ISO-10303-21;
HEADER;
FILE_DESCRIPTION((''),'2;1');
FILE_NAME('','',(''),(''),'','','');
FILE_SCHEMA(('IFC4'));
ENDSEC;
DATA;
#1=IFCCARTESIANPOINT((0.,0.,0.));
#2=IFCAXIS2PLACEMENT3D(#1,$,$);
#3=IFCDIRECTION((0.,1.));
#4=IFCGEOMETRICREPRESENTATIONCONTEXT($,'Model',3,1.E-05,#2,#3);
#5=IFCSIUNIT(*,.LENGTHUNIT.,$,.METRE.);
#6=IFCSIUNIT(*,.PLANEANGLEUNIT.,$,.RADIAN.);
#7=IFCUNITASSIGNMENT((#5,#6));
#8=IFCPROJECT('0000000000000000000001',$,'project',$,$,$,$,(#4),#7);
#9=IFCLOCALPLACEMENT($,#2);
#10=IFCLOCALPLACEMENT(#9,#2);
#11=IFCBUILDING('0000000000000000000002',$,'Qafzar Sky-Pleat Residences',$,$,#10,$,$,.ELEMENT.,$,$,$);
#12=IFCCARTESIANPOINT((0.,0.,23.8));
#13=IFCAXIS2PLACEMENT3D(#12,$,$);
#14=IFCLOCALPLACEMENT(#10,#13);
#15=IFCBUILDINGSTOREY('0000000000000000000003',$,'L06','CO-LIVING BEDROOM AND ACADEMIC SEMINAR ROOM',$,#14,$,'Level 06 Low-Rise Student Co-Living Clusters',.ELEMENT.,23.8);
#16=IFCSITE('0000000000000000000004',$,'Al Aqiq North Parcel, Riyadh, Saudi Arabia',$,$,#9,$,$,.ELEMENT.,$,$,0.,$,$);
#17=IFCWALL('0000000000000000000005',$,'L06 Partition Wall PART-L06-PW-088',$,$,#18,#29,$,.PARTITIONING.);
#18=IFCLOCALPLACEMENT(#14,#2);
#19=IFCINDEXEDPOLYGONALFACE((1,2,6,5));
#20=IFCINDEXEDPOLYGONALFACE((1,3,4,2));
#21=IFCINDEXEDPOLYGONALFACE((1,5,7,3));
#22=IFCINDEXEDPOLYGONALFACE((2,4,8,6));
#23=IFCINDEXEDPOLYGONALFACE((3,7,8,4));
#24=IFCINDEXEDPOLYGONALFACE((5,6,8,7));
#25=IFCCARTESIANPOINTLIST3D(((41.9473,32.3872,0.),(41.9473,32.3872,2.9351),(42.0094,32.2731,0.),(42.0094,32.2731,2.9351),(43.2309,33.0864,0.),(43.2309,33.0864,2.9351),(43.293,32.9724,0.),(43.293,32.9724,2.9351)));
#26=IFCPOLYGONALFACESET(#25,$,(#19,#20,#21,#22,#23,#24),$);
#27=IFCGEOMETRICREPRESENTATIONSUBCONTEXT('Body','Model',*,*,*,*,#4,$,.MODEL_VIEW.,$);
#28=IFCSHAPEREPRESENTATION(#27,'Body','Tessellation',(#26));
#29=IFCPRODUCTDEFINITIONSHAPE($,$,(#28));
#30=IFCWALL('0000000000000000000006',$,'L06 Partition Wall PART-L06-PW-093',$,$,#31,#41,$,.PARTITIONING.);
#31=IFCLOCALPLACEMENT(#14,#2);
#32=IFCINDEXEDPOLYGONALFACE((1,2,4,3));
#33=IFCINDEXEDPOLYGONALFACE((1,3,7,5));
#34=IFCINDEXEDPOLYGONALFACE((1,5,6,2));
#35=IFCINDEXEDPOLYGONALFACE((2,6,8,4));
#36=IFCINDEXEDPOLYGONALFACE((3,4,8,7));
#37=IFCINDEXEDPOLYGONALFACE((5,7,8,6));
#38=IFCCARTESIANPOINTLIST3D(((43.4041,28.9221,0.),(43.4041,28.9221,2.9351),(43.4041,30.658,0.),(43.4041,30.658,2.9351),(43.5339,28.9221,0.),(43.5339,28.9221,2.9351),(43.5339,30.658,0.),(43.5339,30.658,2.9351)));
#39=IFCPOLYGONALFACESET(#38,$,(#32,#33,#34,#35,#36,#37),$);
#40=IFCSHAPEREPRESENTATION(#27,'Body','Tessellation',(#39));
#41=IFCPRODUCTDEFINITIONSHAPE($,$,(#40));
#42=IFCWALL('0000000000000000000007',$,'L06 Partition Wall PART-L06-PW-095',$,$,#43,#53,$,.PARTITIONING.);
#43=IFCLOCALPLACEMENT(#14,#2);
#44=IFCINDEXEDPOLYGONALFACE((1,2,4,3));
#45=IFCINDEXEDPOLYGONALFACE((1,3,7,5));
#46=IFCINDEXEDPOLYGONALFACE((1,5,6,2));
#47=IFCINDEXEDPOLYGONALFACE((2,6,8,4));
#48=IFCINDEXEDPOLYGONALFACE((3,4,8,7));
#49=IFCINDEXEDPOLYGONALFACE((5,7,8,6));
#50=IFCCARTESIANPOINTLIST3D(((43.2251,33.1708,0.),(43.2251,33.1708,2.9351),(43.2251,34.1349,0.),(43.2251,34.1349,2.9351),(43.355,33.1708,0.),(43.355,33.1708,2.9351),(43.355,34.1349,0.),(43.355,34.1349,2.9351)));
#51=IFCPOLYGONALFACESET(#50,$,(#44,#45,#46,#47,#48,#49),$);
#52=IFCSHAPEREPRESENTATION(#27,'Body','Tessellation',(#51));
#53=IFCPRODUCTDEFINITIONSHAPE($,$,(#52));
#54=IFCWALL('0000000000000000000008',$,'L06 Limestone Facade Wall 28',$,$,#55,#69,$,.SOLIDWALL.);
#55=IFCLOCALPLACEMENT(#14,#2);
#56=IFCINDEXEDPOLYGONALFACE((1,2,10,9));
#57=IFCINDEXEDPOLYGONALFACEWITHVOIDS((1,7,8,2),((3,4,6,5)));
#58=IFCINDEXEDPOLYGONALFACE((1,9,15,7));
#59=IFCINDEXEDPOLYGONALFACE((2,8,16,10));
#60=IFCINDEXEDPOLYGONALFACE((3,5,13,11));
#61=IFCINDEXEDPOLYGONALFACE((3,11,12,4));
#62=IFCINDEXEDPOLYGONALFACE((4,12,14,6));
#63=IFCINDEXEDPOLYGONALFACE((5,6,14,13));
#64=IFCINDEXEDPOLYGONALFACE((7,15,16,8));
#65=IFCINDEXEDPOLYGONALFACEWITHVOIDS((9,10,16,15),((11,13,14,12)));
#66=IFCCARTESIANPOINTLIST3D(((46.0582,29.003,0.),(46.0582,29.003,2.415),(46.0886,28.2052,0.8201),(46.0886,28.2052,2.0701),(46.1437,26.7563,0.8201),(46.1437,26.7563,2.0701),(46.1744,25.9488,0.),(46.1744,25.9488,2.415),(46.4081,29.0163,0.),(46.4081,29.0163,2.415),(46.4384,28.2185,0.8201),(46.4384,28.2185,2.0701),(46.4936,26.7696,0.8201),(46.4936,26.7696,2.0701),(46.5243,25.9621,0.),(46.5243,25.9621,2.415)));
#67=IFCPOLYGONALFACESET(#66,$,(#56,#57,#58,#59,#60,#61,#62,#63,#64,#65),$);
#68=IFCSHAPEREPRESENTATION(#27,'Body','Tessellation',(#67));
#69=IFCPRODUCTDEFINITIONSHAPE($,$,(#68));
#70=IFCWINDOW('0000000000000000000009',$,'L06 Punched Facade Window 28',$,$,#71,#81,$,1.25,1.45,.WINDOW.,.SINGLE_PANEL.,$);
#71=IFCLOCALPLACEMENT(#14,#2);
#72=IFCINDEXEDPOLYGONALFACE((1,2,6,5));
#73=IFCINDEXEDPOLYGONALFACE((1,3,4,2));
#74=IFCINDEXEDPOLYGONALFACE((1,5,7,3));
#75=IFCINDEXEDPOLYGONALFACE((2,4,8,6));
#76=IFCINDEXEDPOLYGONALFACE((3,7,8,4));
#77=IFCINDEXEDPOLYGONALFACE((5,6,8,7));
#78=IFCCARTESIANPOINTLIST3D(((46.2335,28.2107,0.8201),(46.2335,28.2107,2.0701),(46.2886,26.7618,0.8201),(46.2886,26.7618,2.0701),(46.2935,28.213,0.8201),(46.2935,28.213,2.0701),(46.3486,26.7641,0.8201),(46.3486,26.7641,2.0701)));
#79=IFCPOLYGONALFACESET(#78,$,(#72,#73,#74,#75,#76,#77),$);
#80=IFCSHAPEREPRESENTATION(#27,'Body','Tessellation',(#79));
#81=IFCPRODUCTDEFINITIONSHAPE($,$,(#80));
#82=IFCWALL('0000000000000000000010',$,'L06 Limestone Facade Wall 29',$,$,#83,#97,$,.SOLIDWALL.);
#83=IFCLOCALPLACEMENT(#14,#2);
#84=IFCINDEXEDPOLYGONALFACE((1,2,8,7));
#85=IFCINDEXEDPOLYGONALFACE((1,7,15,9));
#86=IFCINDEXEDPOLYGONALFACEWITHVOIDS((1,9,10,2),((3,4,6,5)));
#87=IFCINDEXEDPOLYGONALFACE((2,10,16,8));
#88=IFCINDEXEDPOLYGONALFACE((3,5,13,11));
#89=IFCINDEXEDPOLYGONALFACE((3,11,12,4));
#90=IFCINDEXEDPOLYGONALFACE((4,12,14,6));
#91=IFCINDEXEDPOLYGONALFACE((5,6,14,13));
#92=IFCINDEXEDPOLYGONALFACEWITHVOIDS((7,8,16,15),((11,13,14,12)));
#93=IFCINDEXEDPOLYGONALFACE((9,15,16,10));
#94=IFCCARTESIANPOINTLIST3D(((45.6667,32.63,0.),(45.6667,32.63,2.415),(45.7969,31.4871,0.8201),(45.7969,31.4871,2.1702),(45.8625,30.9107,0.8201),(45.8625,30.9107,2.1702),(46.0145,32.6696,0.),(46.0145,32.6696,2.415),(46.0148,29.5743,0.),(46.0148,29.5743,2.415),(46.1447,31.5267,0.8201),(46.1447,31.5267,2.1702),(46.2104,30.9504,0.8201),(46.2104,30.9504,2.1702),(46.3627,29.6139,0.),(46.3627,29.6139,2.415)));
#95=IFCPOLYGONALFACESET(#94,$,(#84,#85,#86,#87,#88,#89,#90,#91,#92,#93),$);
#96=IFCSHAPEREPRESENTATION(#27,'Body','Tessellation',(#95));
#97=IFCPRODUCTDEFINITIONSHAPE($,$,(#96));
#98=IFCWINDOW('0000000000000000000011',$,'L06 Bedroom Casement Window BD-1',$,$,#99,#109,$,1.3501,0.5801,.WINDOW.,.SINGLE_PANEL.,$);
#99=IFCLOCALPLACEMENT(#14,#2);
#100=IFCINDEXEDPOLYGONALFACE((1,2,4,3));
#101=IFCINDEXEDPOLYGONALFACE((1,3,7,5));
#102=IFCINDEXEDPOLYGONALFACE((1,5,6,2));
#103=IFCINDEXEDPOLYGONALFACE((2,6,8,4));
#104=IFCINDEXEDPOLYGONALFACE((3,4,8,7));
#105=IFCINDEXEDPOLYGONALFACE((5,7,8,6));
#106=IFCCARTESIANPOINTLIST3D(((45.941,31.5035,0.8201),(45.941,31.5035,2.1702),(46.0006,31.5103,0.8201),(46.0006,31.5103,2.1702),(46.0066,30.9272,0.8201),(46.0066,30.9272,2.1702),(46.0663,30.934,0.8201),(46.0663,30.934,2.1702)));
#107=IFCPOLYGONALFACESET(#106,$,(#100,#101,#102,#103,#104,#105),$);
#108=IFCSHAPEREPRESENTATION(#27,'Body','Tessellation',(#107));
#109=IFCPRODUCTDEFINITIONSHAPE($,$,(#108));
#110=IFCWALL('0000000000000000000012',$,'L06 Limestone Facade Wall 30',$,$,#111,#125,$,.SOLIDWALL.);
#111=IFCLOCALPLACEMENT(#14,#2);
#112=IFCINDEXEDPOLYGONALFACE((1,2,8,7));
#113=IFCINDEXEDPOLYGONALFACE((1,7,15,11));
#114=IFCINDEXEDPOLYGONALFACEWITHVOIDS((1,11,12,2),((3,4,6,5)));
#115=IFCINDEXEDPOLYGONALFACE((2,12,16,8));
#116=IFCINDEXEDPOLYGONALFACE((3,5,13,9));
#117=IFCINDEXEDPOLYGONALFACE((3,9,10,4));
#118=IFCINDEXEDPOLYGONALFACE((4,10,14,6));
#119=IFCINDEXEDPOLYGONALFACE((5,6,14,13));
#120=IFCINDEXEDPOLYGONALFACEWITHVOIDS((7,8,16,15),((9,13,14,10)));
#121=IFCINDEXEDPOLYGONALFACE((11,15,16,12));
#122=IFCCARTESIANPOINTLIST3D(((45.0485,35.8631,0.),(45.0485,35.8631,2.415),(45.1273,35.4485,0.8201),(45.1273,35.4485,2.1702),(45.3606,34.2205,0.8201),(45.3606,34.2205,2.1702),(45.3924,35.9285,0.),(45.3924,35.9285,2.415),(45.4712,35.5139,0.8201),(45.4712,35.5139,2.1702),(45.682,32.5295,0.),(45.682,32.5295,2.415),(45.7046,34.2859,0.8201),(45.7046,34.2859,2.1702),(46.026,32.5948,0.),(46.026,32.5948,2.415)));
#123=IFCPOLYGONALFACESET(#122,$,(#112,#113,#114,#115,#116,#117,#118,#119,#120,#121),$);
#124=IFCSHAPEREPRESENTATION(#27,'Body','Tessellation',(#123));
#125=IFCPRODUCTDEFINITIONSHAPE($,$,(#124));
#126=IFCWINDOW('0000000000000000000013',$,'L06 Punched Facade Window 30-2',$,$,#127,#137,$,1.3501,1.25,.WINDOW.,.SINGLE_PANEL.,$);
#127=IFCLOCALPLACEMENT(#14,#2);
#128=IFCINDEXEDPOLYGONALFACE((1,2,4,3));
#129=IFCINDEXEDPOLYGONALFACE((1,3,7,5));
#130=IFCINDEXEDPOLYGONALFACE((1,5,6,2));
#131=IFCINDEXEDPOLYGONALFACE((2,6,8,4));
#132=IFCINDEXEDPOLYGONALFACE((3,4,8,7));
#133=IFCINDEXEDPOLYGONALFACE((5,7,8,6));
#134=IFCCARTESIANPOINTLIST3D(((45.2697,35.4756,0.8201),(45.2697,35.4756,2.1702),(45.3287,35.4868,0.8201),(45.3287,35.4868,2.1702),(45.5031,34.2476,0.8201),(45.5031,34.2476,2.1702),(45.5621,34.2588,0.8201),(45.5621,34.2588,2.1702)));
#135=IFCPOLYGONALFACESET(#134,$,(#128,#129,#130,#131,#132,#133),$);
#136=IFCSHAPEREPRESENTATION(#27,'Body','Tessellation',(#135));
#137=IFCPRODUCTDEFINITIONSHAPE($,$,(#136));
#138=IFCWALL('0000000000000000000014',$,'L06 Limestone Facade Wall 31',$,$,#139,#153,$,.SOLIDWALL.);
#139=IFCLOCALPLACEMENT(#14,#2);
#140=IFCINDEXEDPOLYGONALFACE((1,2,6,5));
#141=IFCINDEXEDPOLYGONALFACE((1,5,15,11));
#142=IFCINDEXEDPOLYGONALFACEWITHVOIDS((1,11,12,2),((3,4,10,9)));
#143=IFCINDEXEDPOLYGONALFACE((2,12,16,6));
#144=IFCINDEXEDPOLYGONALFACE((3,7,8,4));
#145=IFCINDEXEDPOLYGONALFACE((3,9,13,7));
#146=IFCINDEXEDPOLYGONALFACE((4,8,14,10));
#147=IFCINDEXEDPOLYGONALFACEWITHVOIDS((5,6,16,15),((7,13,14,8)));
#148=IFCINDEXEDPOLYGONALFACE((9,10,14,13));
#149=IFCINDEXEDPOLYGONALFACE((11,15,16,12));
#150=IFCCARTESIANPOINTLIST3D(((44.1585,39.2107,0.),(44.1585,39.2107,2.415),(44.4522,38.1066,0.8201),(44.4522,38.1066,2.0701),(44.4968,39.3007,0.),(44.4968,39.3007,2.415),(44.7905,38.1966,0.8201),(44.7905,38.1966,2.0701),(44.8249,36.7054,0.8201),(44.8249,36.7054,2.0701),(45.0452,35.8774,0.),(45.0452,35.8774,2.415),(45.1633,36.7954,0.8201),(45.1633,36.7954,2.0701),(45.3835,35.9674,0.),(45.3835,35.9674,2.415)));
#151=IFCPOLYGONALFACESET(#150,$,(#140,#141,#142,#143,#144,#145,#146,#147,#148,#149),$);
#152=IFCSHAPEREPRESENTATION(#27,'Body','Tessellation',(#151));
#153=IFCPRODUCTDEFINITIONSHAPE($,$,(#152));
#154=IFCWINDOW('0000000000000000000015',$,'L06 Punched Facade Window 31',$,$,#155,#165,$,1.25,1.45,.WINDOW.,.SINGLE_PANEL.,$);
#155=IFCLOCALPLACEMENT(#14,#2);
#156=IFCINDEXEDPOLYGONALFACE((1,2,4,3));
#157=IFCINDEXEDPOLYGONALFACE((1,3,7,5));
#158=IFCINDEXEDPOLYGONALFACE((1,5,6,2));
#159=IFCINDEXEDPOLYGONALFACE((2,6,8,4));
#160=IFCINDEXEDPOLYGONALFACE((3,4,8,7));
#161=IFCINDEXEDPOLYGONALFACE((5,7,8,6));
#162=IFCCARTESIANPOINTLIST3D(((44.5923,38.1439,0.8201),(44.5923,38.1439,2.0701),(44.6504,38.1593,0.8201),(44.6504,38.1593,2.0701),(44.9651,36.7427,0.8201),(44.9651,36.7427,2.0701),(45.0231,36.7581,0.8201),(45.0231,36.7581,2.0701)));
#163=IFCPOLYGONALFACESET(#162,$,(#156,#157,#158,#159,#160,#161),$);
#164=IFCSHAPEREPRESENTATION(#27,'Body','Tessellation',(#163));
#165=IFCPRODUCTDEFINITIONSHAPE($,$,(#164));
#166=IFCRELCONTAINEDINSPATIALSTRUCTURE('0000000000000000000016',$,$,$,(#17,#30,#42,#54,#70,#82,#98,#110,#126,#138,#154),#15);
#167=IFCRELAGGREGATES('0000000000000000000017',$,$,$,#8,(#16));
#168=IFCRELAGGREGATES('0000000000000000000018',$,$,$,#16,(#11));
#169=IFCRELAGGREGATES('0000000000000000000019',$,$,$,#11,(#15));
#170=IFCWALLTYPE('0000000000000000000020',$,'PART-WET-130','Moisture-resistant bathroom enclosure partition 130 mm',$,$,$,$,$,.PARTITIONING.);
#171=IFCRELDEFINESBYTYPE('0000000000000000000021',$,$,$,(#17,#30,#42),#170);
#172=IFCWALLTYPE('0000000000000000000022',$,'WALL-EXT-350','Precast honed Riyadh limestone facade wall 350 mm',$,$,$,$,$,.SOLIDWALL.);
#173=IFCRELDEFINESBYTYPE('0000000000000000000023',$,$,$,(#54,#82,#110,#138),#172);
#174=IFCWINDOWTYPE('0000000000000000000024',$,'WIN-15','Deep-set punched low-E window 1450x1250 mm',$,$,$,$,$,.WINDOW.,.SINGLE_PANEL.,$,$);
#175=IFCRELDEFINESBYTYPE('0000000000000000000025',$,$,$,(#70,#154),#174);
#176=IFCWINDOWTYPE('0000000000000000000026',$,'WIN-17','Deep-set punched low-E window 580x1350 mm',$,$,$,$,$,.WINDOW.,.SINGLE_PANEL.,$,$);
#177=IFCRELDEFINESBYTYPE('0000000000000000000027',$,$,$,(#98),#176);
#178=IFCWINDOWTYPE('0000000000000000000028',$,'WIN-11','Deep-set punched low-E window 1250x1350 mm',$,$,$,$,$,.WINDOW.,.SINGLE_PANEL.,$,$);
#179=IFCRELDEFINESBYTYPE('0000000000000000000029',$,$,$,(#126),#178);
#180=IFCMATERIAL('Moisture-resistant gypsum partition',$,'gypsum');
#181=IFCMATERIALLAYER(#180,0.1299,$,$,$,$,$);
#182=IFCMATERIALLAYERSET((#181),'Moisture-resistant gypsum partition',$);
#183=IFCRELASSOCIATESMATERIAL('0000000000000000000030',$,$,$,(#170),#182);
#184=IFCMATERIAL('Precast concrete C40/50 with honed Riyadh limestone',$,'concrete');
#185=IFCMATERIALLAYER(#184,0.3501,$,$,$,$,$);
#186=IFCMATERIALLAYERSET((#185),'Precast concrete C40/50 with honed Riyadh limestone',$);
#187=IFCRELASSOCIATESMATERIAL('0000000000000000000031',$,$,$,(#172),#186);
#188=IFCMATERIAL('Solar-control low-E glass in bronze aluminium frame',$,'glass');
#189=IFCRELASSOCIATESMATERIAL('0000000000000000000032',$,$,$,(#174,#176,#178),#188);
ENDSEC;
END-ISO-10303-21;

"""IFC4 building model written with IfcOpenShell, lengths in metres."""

from ifc_helpers import new_model, si_unit, direction, frame, frame_2d, origin, place, context, subcontext, project, spatial, rectangle, extrude, source, transform, mapped, material, layer, layer_set, type_object, element, fill, save


model = new_model("IFC4")

# Units and contexts
model_context = context("Model", 3, precision=1e-05, world=origin(), true_north=direction((0.0, 1.0)))
body_context = subcontext(model_context, "Body", "Model", "MODEL_VIEW")
ifc_project = project(units=[si_unit("LENGTHUNIT", "METRE"), si_unit("PLANEANGLEUNIT", "RADIAN")], contexts=[model_context])

# Site, building, storey
site_placement = place(None, origin())
site = spatial("IfcSite", under=ifc_project, at=site_placement, Name="Al Aqiq North Parcel, Riyadh, Saudi Arabia", CompositionType="ELEMENT", RefElevation=0.0)
building_placement = place(site_placement, origin())
building = spatial("IfcBuilding", under=site, at=building_placement, Name="Qafzar Sky-Pleat Residences", CompositionType="ELEMENT")
storey_placement = place(building_placement, frame((0.0, 0.0, 23.8)))
storey = spatial("IfcBuildingStorey", under=building, at=storey_placement, Name="L06", Description="CO-LIVING BEDROOM AND ACADEMIC SEMINAR ROOM", LongName="Level 06 Low-Rise Student Co-Living Clusters", CompositionType="ELEMENT", Elevation=23.8)

# Shared definitions
ifc_material_1 = material(Name="Moisture-resistant gypsum partition", Category="gypsum")
ifc_layer_1 = layer(ifc_material_1, 0.1299)
ifc_layer_set_1 = layer_set([ifc_layer_1], Name="Moisture-resistant gypsum partition")
wall_type_1 = type_object("IfcWallType", Name="PART-WET-130", Description="Moisture-resistant bathroom enclosure partition 130 mm", PredefinedType="PARTITIONING", material=ifc_layer_set_1)

# Walls
wall_1_placement = place(storey_placement, frame((41.9783, 32.3301, 0.0), z_axis=(0.0, 0.0, 1.0), x_axis=(0.878138, 0.478407, 0.0)))
element("IfcWall", 1, at=wall_1_placement, inside=storey, type_object=wall_type_1, Name="L06 Partition Wall PART-L06-PW-088", PredefinedType="PARTITIONING", context=body_context, shape_type="SweptSolid", body=[
    extrude(rectangle(XDim=1.4617, YDim=0.1299, at=frame_2d((0.731, 0.0))), origin(), (0.0, 0.0, 1.0), 2.9351),
])
wall_2_placement = place(storey_placement, frame((43.469, 28.9221, 0.0), z_axis=(0.0, 0.0, 1.0), x_axis=(0.0, 1.0, 0.0)))
element("IfcWall", 2, at=wall_2_placement, inside=storey, type_object=wall_type_1, Name="L06 Partition Wall PART-L06-PW-093", PredefinedType="PARTITIONING", context=body_context, shape_type="SweptSolid", body=[
    extrude(rectangle(XDim=1.7358, YDim=0.1299, at=frame_2d((0.8679, 0.0))), origin(), (0.0, 0.0, 1.0), 2.9351),
])
wall_3_placement = place(storey_placement, frame((43.29, 33.1709, 0.0), z_axis=(0.0, 0.0, 1.0), x_axis=(0.0, 1.0, 0.0)))
element("IfcWall", 3, at=wall_3_placement, inside=storey, type_object=wall_type_1, Name="L06 Partition Wall PART-L06-PW-095", PredefinedType="PARTITIONING", context=body_context, shape_type="SweptSolid", body=[
    extrude(rectangle(XDim=0.9641, YDim=0.1299, at=frame_2d((0.4819, 0.0))), origin(), (0.0, 0.0, 1.0), 2.9351),
])

# Walls, openings, windows
ifc_material_2 = material(Name="Precast concrete C40/50 with honed Riyadh limestone", Category="concrete")
ifc_layer_2 = layer(ifc_material_2, 0.3501)
ifc_layer_set_2 = layer_set([ifc_layer_2], Name="Precast concrete C40/50 with honed Riyadh limestone")
wall_type_2 = type_object("IfcWallType", Name="WALL-EXT-350", Description="Precast honed Riyadh limestone facade wall 350 mm", PredefinedType="SOLIDWALL", material=ifc_layer_set_2)
wall_4_placement = place(storey_placement, frame((46.3494, 25.9553, 0.0), z_axis=(0.0, 0.0, 1.0), x_axis=(-0.038022, 0.999277, 0.0)))
wall_4 = element("IfcWall", 4, at=wall_4_placement, inside=storey, type_object=wall_type_2, Name="L06 Limestone Facade Wall 28", PredefinedType="SOLIDWALL", context=body_context, shape_type="SweptSolid", body=[
    extrude(rectangle(XDim=3.0564, YDim=0.3501, at=frame_2d((1.5283, 0.0))), origin(), (0.0, 0.0, 1.0), 2.415),
])
opening_1_placement = place(wall_4_placement, frame((0.8081, 0.0, 0.8201)))
opening_1 = element("IfcOpeningElement", 5, at=opening_1_placement, cuts=wall_4, PredefinedType="OPENING", context=body_context, shape_type="SweptSolid", body=[
    extrude(rectangle(XDim=1.45, YDim=1.25, at=frame_2d((0.7251, 0.625))), frame((0.0, 0.1851, 0.0), z_axis=(0.0, -1.0, 0.0), x_axis=(1.0, 0.0, 0.0)), (0.0, 0.0, 1.0), 0.3701),
])
ifc_material_3 = material(Name="Solar-control low-E glass in bronze aluminium frame", Category="glass")
window_type_1 = type_object("IfcWindowType", Name="WIN-15", Description="Deep-set punched low-E window 1450x1250 mm", PartitioningType="SINGLE_PANEL", PredefinedType="WINDOW", material=ifc_material_3)
shared_shape_1 = source(origin(), body_context, "Body", "SweptSolid", [
    extrude(rectangle(XDim=1.45, YDim=1.25, at=frame_2d((0.7251, 0.625))), frame((0.0, 0.03, 0.0), z_axis=(0.0, -1.0, 0.0), x_axis=(1.0, 0.0, 0.0)), (0.0, 0.0, 1.0), 0.0601),
])
window_1_placement = place(opening_1_placement, origin())
window_1 = element("IfcWindow", 6, at=window_1_placement, inside=storey, type_object=window_type_1, Name="L06 Punched Facade Window 28", OverallHeight=1.25, OverallWidth=1.45, PartitioningType="SINGLE_PANEL", PredefinedType="WINDOW", context=body_context, shape_type="MappedRepresentation", body=[
    mapped(shared_shape_1, transform((0.0, 0.0, 0.0), x_axis=(1.0, 0.0, 0.0), y_axis=(0.0, 1.0, 0.0), z_axis=(0.0, 0.0, 1.0), scale=1.0)),
])
fill(opening_1, window_1)
wall_5_placement = place(storey_placement, frame((46.1887, 29.5942, 0.0), z_axis=(0.0, 0.0, 1.0), x_axis=(-0.113202, 0.993572, 0.0)))
wall_5 = element("IfcWall", 7, at=wall_5_placement, inside=storey, type_object=wall_type_2, Name="L06 Limestone Facade Wall 29", PredefinedType="SOLIDWALL", context=body_context, shape_type="SweptSolid", body=[
    extrude(rectangle(XDim=3.0754, YDim=0.3501, at=frame_2d((1.5376, 0.0))), origin(), (0.0, 0.0, 1.0), 2.415),
])
opening_2_placement = place(wall_5_placement, frame((1.345, 0.0, 0.8201)))
opening_2 = element("IfcOpeningElement", 8, at=opening_2_placement, cuts=wall_5, PredefinedType="OPENING", context=body_context, shape_type="SweptSolid", body=[
    extrude(rectangle(XDim=0.5801, YDim=1.3501, at=frame_2d((0.29, 0.675))), frame((0.0, 0.1851, 0.0), z_axis=(0.0, -1.0, 0.0), x_axis=(1.0, 0.0, 0.0)), (0.0, 0.0, 1.0), 0.3701),
])
window_type_2 = type_object("IfcWindowType", Name="WIN-17", Description="Deep-set punched low-E window 580x1350 mm", PartitioningType="SINGLE_PANEL", PredefinedType="WINDOW", material=ifc_material_3)
shared_shape_2 = source(origin(), body_context, "Body", "SweptSolid", [
    extrude(rectangle(XDim=0.5801, YDim=1.3501, at=frame_2d((0.29, 0.675))), frame((0.0, 0.03, 0.0), z_axis=(0.0, -1.0, 0.0), x_axis=(1.0, 0.0, 0.0)), (0.0, 0.0, 1.0), 0.0601),
])
window_2_placement = place(opening_2_placement, origin())
window_2 = element("IfcWindow", 9, at=window_2_placement, inside=storey, type_object=window_type_2, Name="L06 Bedroom Casement Window BD-1", OverallHeight=1.3501, OverallWidth=0.5801, PartitioningType="SINGLE_PANEL", PredefinedType="WINDOW", context=body_context, shape_type="MappedRepresentation", body=[
    mapped(shared_shape_2, transform((0.0, 0.0, 0.0), x_axis=(1.0, 0.0, 0.0), y_axis=(0.0, 1.0, 0.0), z_axis=(0.0, 0.0, 1.0), scale=1.0)),
])
fill(opening_2, window_2)
wall_6_placement = place(storey_placement, frame((45.854, 32.562, 0.0), z_axis=(0.0, 0.0, 1.0), x_axis=(-0.186699, 0.982417, 0.0)))
wall_6 = element("IfcWall", 10, at=wall_6_placement, inside=storey, type_object=wall_type_2, Name="L06 Limestone Facade Wall 30", PredefinedType="SOLIDWALL", context=body_context, shape_type="SweptSolid", body=[
    extrude(rectangle(XDim=3.3933, YDim=0.3501, at=frame_2d((1.6968, 0.0))), origin(), (0.0, 0.0, 1.0), 2.415),
])
opening_3_placement = place(wall_6_placement, frame((1.7214, 0.0, 0.8201)))
opening_3 = element("IfcOpeningElement", 11, at=opening_3_placement, cuts=wall_6, PredefinedType="OPENING", context=body_context, shape_type="SweptSolid", body=[
    extrude(rectangle(XDim=1.25, YDim=1.3501, at=frame_2d((0.625, 0.675))), frame((0.0, 0.1851, 0.0), z_axis=(0.0, -1.0, 0.0), x_axis=(1.0, 0.0, 0.0)), (0.0, 0.0, 1.0), 0.3701),
])
window_type_3 = type_object("IfcWindowType", Name="WIN-11", Description="Deep-set punched low-E window 1250x1350 mm", PartitioningType="SINGLE_PANEL", PredefinedType="WINDOW", material=ifc_material_3)
shared_shape_3 = source(origin(), body_context, "Body", "SweptSolid", [
    extrude(rectangle(XDim=1.25, YDim=1.3501, at=frame_2d((0.625, 0.675))), frame((0.0, 0.03, 0.0), z_axis=(0.0, -1.0, 0.0), x_axis=(1.0, 0.0, 0.0)), (0.0, 0.0, 1.0), 0.0601),
])
window_3_placement = place(opening_3_placement, origin())
window_3 = element("IfcWindow", 12, at=window_3_placement, inside=storey, type_object=window_type_3, Name="L06 Punched Facade Window 30-2", OverallHeight=1.3501, OverallWidth=1.25, PartitioningType="SINGLE_PANEL", PredefinedType="WINDOW", context=body_context, shape_type="MappedRepresentation", body=[
    mapped(shared_shape_3, transform((0.0, 0.0, 0.0), x_axis=(1.0, 0.0, 0.0), y_axis=(0.0, 1.0, 0.0), z_axis=(0.0, 0.0, 1.0), scale=1.0)),
])
fill(opening_3, window_3)
wall_7_placement = place(storey_placement, frame((45.2144, 35.9224, 0.0), z_axis=(0.0, 0.0, 1.0), x_axis=(-0.257081, 0.96639, 0.0)))
wall_7 = element("IfcWall", 13, at=wall_7_placement, inside=storey, type_object=wall_type_2, Name="L06 Limestone Facade Wall 31", PredefinedType="SOLIDWALL", context=body_context, shape_type="SweptSolid", body=[
    extrude(rectangle(XDim=3.4492, YDim=0.3501, at=frame_2d((1.7246, 0.0))), origin(), (0.0, 0.0, 1.0), 2.415),
])
opening_4_placement = place(wall_7_placement, frame((0.8567, 0.0, 0.8201)))
opening_4 = element("IfcOpeningElement", 14, at=opening_4_placement, cuts=wall_7, PredefinedType="OPENING", context=body_context, shape_type="SweptSolid", body=[
    extrude(rectangle(XDim=1.45, YDim=1.25, at=frame_2d((0.7251, 0.625))), frame((0.0, 0.1851, 0.0), z_axis=(0.0, -1.0, 0.0), x_axis=(1.0, 0.0, 0.0)), (0.0, 0.0, 1.0), 0.3701),
])
window_4_placement = place(opening_4_placement, origin())
window_4 = element("IfcWindow", 15, at=window_4_placement, inside=storey, type_object=window_type_1, Name="L06 Punched Facade Window 31", OverallHeight=1.25, OverallWidth=1.45, PartitioningType="SINGLE_PANEL", PredefinedType="WINDOW", context=body_context, shape_type="MappedRepresentation", body=[
    mapped(shared_shape_1, transform((0.0, 0.0, 0.0), x_axis=(1.0, 0.0, 0.0), y_axis=(0.0, 1.0, 0.0), z_axis=(0.0, 0.0, 1.0), scale=1.0)),
])
fill(opening_4, window_4)

save(model, "model.ifc")
